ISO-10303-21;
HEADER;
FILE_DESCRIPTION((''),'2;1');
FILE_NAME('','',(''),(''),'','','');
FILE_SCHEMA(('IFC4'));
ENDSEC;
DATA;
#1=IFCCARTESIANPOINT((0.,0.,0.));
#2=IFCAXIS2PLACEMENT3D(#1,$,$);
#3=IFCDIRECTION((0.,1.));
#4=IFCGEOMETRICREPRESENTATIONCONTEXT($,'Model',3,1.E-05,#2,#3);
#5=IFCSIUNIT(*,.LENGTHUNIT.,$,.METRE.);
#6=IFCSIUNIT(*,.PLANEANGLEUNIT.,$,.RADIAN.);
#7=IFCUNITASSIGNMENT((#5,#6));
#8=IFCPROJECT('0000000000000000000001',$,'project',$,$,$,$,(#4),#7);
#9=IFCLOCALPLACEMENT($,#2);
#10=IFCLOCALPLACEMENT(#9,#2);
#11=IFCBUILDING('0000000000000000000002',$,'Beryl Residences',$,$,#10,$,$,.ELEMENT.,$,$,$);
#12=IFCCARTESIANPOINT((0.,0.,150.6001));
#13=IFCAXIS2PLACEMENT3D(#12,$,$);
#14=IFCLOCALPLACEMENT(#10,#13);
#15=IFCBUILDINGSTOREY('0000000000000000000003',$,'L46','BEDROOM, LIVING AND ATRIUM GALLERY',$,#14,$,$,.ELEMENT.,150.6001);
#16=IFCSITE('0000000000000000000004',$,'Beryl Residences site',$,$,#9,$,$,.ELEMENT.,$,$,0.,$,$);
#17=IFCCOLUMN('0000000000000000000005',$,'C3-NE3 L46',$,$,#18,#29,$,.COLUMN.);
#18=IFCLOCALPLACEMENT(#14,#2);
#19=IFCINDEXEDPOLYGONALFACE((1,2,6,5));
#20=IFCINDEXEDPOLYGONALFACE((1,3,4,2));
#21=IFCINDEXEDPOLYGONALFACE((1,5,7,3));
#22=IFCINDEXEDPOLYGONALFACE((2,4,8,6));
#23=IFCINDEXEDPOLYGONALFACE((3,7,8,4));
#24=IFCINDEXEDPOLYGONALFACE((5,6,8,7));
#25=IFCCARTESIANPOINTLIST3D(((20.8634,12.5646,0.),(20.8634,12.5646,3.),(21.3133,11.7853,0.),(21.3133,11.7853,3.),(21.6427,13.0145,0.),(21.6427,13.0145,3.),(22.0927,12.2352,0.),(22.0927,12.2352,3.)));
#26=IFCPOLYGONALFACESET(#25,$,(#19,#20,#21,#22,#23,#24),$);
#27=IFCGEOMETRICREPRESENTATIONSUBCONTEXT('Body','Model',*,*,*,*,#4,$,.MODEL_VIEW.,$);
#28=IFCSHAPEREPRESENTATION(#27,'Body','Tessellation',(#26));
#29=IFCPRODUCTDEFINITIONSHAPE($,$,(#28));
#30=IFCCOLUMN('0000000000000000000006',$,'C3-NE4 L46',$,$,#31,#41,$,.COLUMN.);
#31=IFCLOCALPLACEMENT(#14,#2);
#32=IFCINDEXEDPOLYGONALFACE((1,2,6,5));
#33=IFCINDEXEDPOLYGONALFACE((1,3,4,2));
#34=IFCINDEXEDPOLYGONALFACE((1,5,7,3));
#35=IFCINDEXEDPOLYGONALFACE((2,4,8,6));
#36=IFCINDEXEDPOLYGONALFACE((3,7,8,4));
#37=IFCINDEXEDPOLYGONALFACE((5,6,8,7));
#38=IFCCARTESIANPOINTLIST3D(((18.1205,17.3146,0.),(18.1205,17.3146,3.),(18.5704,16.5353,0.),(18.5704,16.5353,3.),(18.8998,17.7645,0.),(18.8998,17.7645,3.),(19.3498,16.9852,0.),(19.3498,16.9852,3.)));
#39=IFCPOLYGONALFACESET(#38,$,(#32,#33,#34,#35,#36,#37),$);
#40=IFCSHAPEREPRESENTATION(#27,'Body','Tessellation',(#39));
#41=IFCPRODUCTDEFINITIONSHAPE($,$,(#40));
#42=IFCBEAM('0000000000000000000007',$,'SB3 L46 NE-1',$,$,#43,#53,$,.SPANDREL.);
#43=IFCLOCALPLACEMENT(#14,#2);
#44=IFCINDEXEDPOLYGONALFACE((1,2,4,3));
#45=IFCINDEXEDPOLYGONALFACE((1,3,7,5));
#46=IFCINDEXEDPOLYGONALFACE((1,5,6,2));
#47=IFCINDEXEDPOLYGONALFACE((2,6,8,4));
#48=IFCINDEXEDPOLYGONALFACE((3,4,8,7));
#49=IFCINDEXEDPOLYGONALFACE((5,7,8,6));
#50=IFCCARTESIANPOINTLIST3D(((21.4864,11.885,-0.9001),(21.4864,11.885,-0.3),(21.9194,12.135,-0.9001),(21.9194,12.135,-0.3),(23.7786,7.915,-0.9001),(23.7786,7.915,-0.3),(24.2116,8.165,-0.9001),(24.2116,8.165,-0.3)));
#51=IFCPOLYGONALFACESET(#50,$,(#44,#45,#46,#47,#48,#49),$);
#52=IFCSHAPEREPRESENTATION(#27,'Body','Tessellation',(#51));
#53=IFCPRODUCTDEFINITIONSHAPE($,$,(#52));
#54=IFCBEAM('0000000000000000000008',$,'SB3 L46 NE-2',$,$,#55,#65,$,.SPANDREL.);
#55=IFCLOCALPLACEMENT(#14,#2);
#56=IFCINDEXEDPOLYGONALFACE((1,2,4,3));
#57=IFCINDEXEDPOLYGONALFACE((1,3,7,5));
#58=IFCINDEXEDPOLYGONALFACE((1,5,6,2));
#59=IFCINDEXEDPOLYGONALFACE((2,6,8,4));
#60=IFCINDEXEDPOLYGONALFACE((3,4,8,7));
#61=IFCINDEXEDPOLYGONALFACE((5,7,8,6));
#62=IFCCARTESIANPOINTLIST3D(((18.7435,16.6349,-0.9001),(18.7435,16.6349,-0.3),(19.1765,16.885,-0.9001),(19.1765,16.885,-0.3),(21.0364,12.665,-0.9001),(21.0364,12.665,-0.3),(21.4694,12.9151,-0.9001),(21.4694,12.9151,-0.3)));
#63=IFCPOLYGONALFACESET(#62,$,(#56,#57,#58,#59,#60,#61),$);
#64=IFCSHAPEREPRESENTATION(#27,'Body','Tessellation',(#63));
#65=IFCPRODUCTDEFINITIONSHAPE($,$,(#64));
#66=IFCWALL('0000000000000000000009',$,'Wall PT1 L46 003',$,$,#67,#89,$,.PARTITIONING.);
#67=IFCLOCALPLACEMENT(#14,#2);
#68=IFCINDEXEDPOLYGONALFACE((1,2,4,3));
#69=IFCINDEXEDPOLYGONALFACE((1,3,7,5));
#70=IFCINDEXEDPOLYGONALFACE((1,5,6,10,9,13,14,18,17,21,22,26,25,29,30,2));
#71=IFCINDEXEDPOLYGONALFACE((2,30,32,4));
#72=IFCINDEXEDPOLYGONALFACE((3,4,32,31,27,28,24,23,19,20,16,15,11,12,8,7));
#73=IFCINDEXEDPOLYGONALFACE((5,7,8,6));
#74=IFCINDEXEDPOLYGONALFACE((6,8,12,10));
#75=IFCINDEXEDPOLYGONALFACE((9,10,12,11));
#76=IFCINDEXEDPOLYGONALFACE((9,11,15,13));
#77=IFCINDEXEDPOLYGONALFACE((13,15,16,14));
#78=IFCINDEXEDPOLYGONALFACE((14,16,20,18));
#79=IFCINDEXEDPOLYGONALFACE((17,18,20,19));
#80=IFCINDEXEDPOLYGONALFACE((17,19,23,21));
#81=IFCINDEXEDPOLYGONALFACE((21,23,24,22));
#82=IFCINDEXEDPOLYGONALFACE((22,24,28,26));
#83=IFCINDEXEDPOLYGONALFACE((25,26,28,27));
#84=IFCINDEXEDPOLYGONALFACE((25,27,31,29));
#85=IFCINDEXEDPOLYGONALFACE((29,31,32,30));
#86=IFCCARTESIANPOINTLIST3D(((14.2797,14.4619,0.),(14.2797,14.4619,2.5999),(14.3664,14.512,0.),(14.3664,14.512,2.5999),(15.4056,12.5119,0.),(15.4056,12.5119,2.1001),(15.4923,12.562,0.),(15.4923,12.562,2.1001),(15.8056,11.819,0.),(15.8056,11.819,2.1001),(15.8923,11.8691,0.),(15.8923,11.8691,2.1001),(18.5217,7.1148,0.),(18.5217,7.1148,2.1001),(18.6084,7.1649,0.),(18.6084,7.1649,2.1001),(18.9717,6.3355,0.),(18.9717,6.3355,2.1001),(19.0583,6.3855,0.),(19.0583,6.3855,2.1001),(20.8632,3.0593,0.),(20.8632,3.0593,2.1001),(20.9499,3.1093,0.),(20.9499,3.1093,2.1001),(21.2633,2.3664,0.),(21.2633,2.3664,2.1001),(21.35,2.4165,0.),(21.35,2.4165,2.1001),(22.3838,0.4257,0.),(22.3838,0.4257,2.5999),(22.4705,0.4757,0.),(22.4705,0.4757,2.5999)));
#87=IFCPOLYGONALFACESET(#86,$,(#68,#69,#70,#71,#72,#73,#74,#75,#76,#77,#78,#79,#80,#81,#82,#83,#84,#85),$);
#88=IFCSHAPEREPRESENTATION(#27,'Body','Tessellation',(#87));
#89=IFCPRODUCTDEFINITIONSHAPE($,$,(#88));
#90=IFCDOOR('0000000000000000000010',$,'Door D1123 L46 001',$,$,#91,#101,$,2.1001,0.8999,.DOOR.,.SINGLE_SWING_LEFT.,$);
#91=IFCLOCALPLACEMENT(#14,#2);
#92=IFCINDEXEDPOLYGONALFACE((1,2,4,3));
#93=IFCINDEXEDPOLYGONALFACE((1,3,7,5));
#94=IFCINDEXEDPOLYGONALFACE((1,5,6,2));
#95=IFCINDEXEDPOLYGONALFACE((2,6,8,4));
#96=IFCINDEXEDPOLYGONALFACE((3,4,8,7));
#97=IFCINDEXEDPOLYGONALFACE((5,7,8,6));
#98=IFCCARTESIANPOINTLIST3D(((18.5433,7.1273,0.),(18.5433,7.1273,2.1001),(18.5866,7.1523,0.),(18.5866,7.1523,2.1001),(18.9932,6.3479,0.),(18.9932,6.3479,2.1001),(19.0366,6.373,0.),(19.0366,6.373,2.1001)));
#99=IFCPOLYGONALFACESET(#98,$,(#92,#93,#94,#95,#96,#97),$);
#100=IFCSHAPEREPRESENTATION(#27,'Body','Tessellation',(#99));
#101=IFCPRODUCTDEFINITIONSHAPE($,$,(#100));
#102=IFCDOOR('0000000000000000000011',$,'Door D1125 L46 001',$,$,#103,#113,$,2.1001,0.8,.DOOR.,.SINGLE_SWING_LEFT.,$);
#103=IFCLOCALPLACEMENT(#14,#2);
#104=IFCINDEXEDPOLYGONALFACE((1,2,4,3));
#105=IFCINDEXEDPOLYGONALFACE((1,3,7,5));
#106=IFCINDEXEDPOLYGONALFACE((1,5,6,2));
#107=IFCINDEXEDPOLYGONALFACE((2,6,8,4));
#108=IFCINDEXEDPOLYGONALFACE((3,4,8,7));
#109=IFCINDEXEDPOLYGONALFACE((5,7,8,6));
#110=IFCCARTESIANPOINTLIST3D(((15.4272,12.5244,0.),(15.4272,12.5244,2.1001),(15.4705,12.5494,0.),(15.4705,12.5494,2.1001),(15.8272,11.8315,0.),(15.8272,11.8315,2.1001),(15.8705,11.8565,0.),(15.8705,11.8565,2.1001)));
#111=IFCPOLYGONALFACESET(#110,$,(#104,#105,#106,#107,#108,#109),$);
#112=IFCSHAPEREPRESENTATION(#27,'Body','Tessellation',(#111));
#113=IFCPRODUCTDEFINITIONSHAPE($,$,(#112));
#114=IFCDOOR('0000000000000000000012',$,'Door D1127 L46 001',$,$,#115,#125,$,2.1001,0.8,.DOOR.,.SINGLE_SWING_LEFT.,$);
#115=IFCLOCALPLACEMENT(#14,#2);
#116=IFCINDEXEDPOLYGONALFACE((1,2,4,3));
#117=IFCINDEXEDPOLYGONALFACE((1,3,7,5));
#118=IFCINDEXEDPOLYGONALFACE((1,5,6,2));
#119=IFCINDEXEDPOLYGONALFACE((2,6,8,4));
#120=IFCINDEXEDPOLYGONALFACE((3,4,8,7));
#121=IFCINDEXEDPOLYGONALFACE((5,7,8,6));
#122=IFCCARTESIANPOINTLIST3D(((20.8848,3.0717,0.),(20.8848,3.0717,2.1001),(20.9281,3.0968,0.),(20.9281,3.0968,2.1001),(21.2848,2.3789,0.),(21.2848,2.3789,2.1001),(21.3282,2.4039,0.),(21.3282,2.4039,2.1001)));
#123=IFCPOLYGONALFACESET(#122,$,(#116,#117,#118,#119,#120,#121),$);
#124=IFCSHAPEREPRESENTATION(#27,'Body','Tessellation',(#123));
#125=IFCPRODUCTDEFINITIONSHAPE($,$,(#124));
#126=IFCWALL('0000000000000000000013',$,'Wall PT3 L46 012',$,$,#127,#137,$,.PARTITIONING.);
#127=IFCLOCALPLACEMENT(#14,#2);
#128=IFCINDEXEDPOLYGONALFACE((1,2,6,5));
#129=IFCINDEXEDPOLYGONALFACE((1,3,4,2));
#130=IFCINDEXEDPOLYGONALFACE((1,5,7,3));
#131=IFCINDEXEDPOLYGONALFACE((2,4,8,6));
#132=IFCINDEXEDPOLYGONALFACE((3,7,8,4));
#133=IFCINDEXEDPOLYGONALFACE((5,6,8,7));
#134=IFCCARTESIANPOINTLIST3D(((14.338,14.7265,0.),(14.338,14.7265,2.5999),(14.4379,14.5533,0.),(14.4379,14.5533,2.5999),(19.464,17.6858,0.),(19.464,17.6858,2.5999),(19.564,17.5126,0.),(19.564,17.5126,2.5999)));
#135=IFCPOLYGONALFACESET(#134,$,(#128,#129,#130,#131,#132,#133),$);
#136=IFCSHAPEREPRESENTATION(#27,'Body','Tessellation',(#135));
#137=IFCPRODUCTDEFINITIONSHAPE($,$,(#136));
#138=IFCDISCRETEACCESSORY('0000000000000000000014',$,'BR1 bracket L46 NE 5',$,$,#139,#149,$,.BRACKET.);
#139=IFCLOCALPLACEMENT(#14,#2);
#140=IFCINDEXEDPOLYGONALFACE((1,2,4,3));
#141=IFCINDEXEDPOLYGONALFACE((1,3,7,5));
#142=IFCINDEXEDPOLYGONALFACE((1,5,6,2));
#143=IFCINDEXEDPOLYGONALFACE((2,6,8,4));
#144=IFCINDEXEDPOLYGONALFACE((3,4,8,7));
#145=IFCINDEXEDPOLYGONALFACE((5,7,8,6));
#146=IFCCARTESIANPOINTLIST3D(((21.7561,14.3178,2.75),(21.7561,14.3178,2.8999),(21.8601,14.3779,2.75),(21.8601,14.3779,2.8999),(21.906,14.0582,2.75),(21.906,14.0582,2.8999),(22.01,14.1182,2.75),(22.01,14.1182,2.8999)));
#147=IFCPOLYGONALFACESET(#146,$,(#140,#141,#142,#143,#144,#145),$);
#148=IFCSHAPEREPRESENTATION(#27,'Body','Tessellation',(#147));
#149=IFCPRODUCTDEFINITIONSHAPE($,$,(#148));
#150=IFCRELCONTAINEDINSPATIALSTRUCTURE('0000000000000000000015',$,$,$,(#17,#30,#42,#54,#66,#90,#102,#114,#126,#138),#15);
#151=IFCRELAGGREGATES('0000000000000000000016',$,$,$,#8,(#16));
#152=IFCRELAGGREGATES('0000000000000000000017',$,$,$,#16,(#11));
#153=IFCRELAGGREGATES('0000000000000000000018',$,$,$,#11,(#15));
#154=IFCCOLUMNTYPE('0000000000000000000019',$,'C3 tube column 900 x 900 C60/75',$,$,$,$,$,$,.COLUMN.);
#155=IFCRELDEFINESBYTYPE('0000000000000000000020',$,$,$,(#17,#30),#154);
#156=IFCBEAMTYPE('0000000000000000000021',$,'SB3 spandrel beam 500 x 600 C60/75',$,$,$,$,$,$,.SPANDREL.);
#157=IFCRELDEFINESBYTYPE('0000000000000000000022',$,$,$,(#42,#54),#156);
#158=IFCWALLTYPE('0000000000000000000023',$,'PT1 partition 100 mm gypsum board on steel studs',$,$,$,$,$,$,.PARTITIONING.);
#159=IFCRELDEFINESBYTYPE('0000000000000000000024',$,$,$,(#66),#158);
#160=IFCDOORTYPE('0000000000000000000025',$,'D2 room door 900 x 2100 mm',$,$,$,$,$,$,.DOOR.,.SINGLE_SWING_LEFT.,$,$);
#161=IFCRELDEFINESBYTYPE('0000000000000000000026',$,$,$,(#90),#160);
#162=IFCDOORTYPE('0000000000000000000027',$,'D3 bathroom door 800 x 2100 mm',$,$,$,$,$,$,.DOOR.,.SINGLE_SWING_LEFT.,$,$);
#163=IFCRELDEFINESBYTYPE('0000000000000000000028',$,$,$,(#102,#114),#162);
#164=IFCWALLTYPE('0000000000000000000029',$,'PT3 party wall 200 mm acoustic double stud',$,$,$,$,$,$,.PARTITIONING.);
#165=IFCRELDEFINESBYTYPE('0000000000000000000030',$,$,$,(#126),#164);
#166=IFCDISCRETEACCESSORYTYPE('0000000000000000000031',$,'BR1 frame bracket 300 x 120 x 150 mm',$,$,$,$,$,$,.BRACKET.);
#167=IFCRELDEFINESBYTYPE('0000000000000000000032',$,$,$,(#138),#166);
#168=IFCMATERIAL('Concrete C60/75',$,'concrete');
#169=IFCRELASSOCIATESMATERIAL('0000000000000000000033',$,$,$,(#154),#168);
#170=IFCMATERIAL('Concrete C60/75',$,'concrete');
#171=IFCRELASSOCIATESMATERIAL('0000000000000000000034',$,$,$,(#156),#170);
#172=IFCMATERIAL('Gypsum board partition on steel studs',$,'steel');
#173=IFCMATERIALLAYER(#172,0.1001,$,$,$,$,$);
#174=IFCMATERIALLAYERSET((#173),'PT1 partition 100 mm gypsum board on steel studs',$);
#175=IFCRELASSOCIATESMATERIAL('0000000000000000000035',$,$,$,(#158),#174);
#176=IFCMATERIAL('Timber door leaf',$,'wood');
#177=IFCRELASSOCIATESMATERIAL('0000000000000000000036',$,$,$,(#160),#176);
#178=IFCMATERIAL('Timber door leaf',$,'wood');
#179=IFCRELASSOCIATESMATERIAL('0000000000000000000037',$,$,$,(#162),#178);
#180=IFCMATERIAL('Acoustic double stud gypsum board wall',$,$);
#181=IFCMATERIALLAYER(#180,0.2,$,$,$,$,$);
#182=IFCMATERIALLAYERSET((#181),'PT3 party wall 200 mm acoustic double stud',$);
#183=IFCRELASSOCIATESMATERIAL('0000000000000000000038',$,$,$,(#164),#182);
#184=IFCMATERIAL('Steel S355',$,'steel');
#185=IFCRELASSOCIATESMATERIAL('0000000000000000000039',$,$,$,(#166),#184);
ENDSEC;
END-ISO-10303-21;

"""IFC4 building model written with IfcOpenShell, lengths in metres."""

from ifc_helpers import new_model, si_unit, direction, frame, frame_2d, origin, origin_2d, place, context, subcontext, project, spatial, polyline, rectangle, outline, extrude, source, transform, mapped, material, layer, layer_set, material_profile, profile_set, type_object, type_shapes, element, fill, save


model = new_model("IFC4")

# Units and contexts
model_context = context("Model", 3, precision=1e-05, world=origin(), true_north=direction((0.0, 1.0)))
body_context = subcontext(model_context, "Body", "Model", "MODEL_VIEW")
ifc_project = project(units=[si_unit("LENGTHUNIT", "METRE"), si_unit("PLANEANGLEUNIT", "RADIAN")], contexts=[model_context])

# Site, building, storey
site_placement = place(None, origin())
site = spatial("IfcSite", under=ifc_project, at=site_placement, Name="Beryl Residences site", CompositionType="ELEMENT", RefElevation=0.0)
building_placement = place(site_placement, origin())
building = spatial("IfcBuilding", under=site, at=building_placement, Name="Beryl Residences", CompositionType="ELEMENT")
storey_placement = place(building_placement, frame((0.0, 0.0, 150.6001)))
storey = spatial("IfcBuildingStorey", under=building, at=storey_placement, Name="L46", Description="BEDROOM, LIVING AND ATRIUM GALLERY", CompositionType="ELEMENT", Elevation=150.6001)

# Columns
ifc_material_1 = material(Name="Concrete C60/75", Category="concrete")
ifc_material_profile_1 = material_profile(ifc_material_1, rectangle(XDim=0.8999, YDim=0.8999, at=origin_2d()))
ifc_profile_set_1 = profile_set([ifc_material_profile_1], Name="Concrete C60/75")
column_type = type_object("IfcColumnType", Name="C3 tube column 900 x 900 C60/75", PredefinedType="COLUMN", material=ifc_profile_set_1)
for number, where, z_axis, x_axis, name in (
    (1, (21.478, 12.3999, 0.0), (0.0, 0.0, 1.0), (-0.5, 0.866025, 0.0), "C3-NE3 L46"),
    (2, (18.7351, 17.1499, 0.0), (0.0, 0.0, 1.0), (-0.5, 0.866025, 0.0), "C3-NE4 L46"),
):
    element("IfcColumn", number, at=place(storey_placement, frame(where, z_axis=z_axis, x_axis=x_axis)), inside=storey, type_object=column_type, Name=name, PredefinedType="COLUMN", context=body_context, shape_type="SweptSolid", body=[
        extrude(rectangle(XDim=0.8999, YDim=0.8999, at=origin_2d()), origin(), (0.0, 0.0, 1.0), 3.0),
    ])

# Beams
ifc_material_2 = material(Name="Concrete C60/75", Category="concrete")
ifc_material_profile_2 = material_profile(ifc_material_2, rectangle(XDim=0.5, YDim=0.6001, at=origin_2d()))
ifc_profile_set_2 = profile_set([ifc_material_profile_2], Name="Concrete C60/75")
beam_type = type_object("IfcBeamType", Name="SB3 spandrel beam 500 x 600 C60/75", PredefinedType="SPANDREL", material=ifc_profile_set_2)
beam_1_placement = place(storey_placement, frame((23.9951, 8.04, -0.6001), z_axis=(-0.500028, 0.866009, 0.0), x_axis=(-0.866009, -0.500028, 0.0)))
element("IfcBeam", 3, at=beam_1_placement, inside=storey, type_object=beam_type, Name="SB3 L46 NE-1", PredefinedType="SPANDREL", context=body_context, shape_type="SweptSolid", body=[
    extrude(rectangle(XDim=0.5, YDim=0.6001, at=origin_2d()), origin(), (0.0, 0.0, 1.0), 4.5842),
])
beam_2_placement = place(storey_placement, frame((21.2529, 12.79, -0.6001), z_axis=(-0.500148, 0.86594, 0.0), x_axis=(-0.86594, -0.500148, 0.0)))
element("IfcBeam", 4, at=beam_2_placement, inside=storey, type_object=beam_type, Name="SB3 L46 NE-2", PredefinedType="SPANDREL", context=body_context, shape_type="SweptSolid", body=[
    extrude(rectangle(XDim=0.5, YDim=0.6001, at=origin_2d()), origin(), (0.0, 0.0, 1.0), 4.5845),
])

# Wall, openings, doors
ifc_material_3 = material(Name="Gypsum board partition on steel studs", Category="steel")
ifc_layer_1 = layer(ifc_material_3, 0.1001)
ifc_layer_set_1 = layer_set([ifc_layer_1], Name="PT1 partition 100 mm gypsum board on steel studs")
wall_type_1 = type_object("IfcWallType", Name="PT1 partition 100 mm gypsum board on steel studs", PredefinedType="PARTITIONING", material=ifc_layer_set_1)
wall_1_placement = place(storey_placement, frame((14.323, 14.4871, 0.0), z_axis=(0.0, 0.0, 1.0), x_axis=(0.500011, -0.866019, 0.0)))
wall_1 = element("IfcWall", 5, at=wall_1_placement, inside=storey, type_object=wall_type_1, Name="Wall PT1 L46 003", PredefinedType="PARTITIONING", context=body_context, shape_type="SweptSolid", body=[
    extrude(rectangle(XDim=16.2078, YDim=0.1001, at=frame_2d((8.104, 0.0))), origin(), (0.0, 0.0, 1.0), 2.5999),
])
opening_1_placement = place(wall_1_placement, frame((8.4839, 0.0, 0.0)))
opening_1 = element("IfcOpeningElement", 6, at=opening_1_placement, cuts=wall_1, PredefinedType="OPENING", context=body_context, shape_type="SweptSolid", body=[
    extrude(rectangle(XDim=0.8999, YDim=2.1001, at=frame_2d((0.45, 1.05))), frame((0.0, 0.0601, 0.0), z_axis=(0.0, -1.0, 0.0), x_axis=(1.0, 0.0, 0.0)), (0.0, 0.0, 1.0), 0.1201),
])
opening_2_placement = place(wall_1_placement, frame((2.252, 0.0, 0.0)))
opening_2 = element("IfcOpeningElement", 7, at=opening_2_placement, cuts=wall_1, PredefinedType="OPENING", context=body_context, shape_type="SweptSolid", body=[
    extrude(rectangle(XDim=0.8, YDim=2.1001, at=frame_2d((0.3999, 1.05))), frame((0.0, 0.0601, 0.0), z_axis=(0.0, -1.0, 0.0), x_axis=(1.0, 0.0, 0.0)), (0.0, 0.0, 1.0), 0.1201),
])
opening_3_placement = place(wall_1_placement, frame((13.167, 0.0, 0.0)))
opening_3 = element("IfcOpeningElement", 8, at=opening_3_placement, cuts=wall_1, PredefinedType="OPENING", context=body_context, shape_type="SweptSolid", body=[
    extrude(rectangle(XDim=0.8, YDim=2.1001, at=frame_2d((0.3999, 1.05))), frame((0.0, 0.0601, 0.0), z_axis=(0.0, -1.0, 0.0), x_axis=(1.0, 0.0, 0.0)), (0.0, 0.0, 1.0), 0.1201),
])
ifc_material_4 = material(Name="Timber door leaf", Category="wood")
door_type_1 = type_object("IfcDoorType", Name="D2 room door 900 x 2100 mm", OperationType="SINGLE_SWING_LEFT", PredefinedType="DOOR", material=ifc_material_4)
door_1_placement = place(opening_1_placement, origin())
door_1 = element("IfcDoor", 9, at=door_1_placement, inside=storey, type_object=door_type_1, Name="Door D1123 L46 001", OperationType="SINGLE_SWING_LEFT", OverallHeight=2.1001, OverallWidth=0.8999, PredefinedType="DOOR", context=body_context, shape_type="SweptSolid", body=[
    extrude(rectangle(XDim=0.8999, YDim=2.1001, at=frame_2d((0.45, 1.05))), frame((0.0, 0.0249, 0.0), z_axis=(0.0, -1.0, 0.0), x_axis=(1.0, 0.0, 0.0)), (0.0, 0.0, 1.0), 0.05),
])
fill(opening_1, door_1)
ifc_material_5 = material(Name="Timber door leaf", Category="wood")
door_type_2 = type_object("IfcDoorType", Name="D3 bathroom door 800 x 2100 mm", OperationType="SINGLE_SWING_LEFT", PredefinedType="DOOR", material=ifc_material_5)
door_2_placement = place(opening_2_placement, origin())
door_2 = element("IfcDoor", 10, at=door_2_placement, inside=storey, type_object=door_type_2, Name="Door D1125 L46 001", OperationType="SINGLE_SWING_LEFT", OverallHeight=2.1001, OverallWidth=0.8, PredefinedType="DOOR", context=body_context, shape_type="SweptSolid", body=[
    extrude(rectangle(XDim=0.8, YDim=2.1001, at=frame_2d((0.3999, 1.05))), frame((0.0, 0.0249, 0.0), z_axis=(0.0, -1.0, 0.0), x_axis=(1.0, 0.0, 0.0)), (0.0, 0.0, 1.0), 0.05),
])
fill(opening_2, door_2)
door_3_placement = place(opening_3_placement, origin())
door_3 = element("IfcDoor", 11, at=door_3_placement, inside=storey, type_object=door_type_2, Name="Door D1127 L46 001", OperationType="SINGLE_SWING_LEFT", OverallHeight=2.1001, OverallWidth=0.8, PredefinedType="DOOR", context=body_context, shape_type="SweptSolid", body=[
    extrude(rectangle(XDim=0.8, YDim=2.1001, at=frame_2d((0.3999, 1.05))), frame((0.0, 0.0249, 0.0), z_axis=(0.0, -1.0, 0.0), x_axis=(1.0, 0.0, 0.0)), (0.0, 0.0, 1.0), 0.05),
])
fill(opening_3, door_3)

# Wall
ifc_material_6 = material(Name="Acoustic double stud gypsum board wall")
ifc_layer_2 = layer(ifc_material_6, 0.2)
ifc_layer_set_2 = layer_set([ifc_layer_2], Name="PT3 party wall 200 mm acoustic double stud")
wall_type_2 = type_object("IfcWallType", Name="PT3 party wall 200 mm acoustic double stud", PredefinedType="PARTITIONING", material=ifc_layer_set_2)
wall_2_placement = place(storey_placement, frame((14.3879, 14.6399, 0.0), z_axis=(0.0, 0.0, 1.0), x_axis=(0.866044, 0.499968, 0.0)))
element("IfcWall", 12, at=wall_2_placement, inside=storey, type_object=wall_type_2, Name="Wall PT3 L46 012", PredefinedType="PARTITIONING", context=body_context, shape_type="SweptSolid", body=[
    extrude(rectangle(XDim=5.9189, YDim=0.2, at=frame_2d((2.9595, 0.0))), origin(), (0.0, 0.0, 1.0), 2.5999),
])

# Discrete accessory
ifc_material_7 = material(Name="Steel S355", Category="steel")
discrete_accessory_type = type_object("IfcDiscreteAccessoryType", Name="BR1 frame bracket 300 x 120 x 150 mm", PredefinedType="BRACKET", material=ifc_material_7)
shared_shape_1 = source(origin(), body_context, "Body", "SweptSolid", [
    extrude(outline(polyline([(-0.1499, 0.0), (0.1499, 0.0), (0.1499, 0.1201), (-0.1499, 0.1201), (-0.1499, 0.0)])), origin(), (0.0, 0.0, 1.0), 0.1499),
])
type_shapes(discrete_accessory_type, [shared_shape_1])
discrete_accessory_placement = place(storey_placement, frame((21.8311, 14.188, 2.75), z_axis=(0.0, 0.0, 1.0), x_axis=(0.5, -0.866025, 0.0)))
element("IfcDiscreteAccessory", 13, at=discrete_accessory_placement, inside=storey, type_object=discrete_accessory_type, Name="BR1 bracket L46 NE 5", PredefinedType="BRACKET", context=body_context, shape_type="MappedRepresentation", body=[
    mapped(shared_shape_1, transform((0.0, 0.0, 0.0))),
])

save(model, "model.ifc")
